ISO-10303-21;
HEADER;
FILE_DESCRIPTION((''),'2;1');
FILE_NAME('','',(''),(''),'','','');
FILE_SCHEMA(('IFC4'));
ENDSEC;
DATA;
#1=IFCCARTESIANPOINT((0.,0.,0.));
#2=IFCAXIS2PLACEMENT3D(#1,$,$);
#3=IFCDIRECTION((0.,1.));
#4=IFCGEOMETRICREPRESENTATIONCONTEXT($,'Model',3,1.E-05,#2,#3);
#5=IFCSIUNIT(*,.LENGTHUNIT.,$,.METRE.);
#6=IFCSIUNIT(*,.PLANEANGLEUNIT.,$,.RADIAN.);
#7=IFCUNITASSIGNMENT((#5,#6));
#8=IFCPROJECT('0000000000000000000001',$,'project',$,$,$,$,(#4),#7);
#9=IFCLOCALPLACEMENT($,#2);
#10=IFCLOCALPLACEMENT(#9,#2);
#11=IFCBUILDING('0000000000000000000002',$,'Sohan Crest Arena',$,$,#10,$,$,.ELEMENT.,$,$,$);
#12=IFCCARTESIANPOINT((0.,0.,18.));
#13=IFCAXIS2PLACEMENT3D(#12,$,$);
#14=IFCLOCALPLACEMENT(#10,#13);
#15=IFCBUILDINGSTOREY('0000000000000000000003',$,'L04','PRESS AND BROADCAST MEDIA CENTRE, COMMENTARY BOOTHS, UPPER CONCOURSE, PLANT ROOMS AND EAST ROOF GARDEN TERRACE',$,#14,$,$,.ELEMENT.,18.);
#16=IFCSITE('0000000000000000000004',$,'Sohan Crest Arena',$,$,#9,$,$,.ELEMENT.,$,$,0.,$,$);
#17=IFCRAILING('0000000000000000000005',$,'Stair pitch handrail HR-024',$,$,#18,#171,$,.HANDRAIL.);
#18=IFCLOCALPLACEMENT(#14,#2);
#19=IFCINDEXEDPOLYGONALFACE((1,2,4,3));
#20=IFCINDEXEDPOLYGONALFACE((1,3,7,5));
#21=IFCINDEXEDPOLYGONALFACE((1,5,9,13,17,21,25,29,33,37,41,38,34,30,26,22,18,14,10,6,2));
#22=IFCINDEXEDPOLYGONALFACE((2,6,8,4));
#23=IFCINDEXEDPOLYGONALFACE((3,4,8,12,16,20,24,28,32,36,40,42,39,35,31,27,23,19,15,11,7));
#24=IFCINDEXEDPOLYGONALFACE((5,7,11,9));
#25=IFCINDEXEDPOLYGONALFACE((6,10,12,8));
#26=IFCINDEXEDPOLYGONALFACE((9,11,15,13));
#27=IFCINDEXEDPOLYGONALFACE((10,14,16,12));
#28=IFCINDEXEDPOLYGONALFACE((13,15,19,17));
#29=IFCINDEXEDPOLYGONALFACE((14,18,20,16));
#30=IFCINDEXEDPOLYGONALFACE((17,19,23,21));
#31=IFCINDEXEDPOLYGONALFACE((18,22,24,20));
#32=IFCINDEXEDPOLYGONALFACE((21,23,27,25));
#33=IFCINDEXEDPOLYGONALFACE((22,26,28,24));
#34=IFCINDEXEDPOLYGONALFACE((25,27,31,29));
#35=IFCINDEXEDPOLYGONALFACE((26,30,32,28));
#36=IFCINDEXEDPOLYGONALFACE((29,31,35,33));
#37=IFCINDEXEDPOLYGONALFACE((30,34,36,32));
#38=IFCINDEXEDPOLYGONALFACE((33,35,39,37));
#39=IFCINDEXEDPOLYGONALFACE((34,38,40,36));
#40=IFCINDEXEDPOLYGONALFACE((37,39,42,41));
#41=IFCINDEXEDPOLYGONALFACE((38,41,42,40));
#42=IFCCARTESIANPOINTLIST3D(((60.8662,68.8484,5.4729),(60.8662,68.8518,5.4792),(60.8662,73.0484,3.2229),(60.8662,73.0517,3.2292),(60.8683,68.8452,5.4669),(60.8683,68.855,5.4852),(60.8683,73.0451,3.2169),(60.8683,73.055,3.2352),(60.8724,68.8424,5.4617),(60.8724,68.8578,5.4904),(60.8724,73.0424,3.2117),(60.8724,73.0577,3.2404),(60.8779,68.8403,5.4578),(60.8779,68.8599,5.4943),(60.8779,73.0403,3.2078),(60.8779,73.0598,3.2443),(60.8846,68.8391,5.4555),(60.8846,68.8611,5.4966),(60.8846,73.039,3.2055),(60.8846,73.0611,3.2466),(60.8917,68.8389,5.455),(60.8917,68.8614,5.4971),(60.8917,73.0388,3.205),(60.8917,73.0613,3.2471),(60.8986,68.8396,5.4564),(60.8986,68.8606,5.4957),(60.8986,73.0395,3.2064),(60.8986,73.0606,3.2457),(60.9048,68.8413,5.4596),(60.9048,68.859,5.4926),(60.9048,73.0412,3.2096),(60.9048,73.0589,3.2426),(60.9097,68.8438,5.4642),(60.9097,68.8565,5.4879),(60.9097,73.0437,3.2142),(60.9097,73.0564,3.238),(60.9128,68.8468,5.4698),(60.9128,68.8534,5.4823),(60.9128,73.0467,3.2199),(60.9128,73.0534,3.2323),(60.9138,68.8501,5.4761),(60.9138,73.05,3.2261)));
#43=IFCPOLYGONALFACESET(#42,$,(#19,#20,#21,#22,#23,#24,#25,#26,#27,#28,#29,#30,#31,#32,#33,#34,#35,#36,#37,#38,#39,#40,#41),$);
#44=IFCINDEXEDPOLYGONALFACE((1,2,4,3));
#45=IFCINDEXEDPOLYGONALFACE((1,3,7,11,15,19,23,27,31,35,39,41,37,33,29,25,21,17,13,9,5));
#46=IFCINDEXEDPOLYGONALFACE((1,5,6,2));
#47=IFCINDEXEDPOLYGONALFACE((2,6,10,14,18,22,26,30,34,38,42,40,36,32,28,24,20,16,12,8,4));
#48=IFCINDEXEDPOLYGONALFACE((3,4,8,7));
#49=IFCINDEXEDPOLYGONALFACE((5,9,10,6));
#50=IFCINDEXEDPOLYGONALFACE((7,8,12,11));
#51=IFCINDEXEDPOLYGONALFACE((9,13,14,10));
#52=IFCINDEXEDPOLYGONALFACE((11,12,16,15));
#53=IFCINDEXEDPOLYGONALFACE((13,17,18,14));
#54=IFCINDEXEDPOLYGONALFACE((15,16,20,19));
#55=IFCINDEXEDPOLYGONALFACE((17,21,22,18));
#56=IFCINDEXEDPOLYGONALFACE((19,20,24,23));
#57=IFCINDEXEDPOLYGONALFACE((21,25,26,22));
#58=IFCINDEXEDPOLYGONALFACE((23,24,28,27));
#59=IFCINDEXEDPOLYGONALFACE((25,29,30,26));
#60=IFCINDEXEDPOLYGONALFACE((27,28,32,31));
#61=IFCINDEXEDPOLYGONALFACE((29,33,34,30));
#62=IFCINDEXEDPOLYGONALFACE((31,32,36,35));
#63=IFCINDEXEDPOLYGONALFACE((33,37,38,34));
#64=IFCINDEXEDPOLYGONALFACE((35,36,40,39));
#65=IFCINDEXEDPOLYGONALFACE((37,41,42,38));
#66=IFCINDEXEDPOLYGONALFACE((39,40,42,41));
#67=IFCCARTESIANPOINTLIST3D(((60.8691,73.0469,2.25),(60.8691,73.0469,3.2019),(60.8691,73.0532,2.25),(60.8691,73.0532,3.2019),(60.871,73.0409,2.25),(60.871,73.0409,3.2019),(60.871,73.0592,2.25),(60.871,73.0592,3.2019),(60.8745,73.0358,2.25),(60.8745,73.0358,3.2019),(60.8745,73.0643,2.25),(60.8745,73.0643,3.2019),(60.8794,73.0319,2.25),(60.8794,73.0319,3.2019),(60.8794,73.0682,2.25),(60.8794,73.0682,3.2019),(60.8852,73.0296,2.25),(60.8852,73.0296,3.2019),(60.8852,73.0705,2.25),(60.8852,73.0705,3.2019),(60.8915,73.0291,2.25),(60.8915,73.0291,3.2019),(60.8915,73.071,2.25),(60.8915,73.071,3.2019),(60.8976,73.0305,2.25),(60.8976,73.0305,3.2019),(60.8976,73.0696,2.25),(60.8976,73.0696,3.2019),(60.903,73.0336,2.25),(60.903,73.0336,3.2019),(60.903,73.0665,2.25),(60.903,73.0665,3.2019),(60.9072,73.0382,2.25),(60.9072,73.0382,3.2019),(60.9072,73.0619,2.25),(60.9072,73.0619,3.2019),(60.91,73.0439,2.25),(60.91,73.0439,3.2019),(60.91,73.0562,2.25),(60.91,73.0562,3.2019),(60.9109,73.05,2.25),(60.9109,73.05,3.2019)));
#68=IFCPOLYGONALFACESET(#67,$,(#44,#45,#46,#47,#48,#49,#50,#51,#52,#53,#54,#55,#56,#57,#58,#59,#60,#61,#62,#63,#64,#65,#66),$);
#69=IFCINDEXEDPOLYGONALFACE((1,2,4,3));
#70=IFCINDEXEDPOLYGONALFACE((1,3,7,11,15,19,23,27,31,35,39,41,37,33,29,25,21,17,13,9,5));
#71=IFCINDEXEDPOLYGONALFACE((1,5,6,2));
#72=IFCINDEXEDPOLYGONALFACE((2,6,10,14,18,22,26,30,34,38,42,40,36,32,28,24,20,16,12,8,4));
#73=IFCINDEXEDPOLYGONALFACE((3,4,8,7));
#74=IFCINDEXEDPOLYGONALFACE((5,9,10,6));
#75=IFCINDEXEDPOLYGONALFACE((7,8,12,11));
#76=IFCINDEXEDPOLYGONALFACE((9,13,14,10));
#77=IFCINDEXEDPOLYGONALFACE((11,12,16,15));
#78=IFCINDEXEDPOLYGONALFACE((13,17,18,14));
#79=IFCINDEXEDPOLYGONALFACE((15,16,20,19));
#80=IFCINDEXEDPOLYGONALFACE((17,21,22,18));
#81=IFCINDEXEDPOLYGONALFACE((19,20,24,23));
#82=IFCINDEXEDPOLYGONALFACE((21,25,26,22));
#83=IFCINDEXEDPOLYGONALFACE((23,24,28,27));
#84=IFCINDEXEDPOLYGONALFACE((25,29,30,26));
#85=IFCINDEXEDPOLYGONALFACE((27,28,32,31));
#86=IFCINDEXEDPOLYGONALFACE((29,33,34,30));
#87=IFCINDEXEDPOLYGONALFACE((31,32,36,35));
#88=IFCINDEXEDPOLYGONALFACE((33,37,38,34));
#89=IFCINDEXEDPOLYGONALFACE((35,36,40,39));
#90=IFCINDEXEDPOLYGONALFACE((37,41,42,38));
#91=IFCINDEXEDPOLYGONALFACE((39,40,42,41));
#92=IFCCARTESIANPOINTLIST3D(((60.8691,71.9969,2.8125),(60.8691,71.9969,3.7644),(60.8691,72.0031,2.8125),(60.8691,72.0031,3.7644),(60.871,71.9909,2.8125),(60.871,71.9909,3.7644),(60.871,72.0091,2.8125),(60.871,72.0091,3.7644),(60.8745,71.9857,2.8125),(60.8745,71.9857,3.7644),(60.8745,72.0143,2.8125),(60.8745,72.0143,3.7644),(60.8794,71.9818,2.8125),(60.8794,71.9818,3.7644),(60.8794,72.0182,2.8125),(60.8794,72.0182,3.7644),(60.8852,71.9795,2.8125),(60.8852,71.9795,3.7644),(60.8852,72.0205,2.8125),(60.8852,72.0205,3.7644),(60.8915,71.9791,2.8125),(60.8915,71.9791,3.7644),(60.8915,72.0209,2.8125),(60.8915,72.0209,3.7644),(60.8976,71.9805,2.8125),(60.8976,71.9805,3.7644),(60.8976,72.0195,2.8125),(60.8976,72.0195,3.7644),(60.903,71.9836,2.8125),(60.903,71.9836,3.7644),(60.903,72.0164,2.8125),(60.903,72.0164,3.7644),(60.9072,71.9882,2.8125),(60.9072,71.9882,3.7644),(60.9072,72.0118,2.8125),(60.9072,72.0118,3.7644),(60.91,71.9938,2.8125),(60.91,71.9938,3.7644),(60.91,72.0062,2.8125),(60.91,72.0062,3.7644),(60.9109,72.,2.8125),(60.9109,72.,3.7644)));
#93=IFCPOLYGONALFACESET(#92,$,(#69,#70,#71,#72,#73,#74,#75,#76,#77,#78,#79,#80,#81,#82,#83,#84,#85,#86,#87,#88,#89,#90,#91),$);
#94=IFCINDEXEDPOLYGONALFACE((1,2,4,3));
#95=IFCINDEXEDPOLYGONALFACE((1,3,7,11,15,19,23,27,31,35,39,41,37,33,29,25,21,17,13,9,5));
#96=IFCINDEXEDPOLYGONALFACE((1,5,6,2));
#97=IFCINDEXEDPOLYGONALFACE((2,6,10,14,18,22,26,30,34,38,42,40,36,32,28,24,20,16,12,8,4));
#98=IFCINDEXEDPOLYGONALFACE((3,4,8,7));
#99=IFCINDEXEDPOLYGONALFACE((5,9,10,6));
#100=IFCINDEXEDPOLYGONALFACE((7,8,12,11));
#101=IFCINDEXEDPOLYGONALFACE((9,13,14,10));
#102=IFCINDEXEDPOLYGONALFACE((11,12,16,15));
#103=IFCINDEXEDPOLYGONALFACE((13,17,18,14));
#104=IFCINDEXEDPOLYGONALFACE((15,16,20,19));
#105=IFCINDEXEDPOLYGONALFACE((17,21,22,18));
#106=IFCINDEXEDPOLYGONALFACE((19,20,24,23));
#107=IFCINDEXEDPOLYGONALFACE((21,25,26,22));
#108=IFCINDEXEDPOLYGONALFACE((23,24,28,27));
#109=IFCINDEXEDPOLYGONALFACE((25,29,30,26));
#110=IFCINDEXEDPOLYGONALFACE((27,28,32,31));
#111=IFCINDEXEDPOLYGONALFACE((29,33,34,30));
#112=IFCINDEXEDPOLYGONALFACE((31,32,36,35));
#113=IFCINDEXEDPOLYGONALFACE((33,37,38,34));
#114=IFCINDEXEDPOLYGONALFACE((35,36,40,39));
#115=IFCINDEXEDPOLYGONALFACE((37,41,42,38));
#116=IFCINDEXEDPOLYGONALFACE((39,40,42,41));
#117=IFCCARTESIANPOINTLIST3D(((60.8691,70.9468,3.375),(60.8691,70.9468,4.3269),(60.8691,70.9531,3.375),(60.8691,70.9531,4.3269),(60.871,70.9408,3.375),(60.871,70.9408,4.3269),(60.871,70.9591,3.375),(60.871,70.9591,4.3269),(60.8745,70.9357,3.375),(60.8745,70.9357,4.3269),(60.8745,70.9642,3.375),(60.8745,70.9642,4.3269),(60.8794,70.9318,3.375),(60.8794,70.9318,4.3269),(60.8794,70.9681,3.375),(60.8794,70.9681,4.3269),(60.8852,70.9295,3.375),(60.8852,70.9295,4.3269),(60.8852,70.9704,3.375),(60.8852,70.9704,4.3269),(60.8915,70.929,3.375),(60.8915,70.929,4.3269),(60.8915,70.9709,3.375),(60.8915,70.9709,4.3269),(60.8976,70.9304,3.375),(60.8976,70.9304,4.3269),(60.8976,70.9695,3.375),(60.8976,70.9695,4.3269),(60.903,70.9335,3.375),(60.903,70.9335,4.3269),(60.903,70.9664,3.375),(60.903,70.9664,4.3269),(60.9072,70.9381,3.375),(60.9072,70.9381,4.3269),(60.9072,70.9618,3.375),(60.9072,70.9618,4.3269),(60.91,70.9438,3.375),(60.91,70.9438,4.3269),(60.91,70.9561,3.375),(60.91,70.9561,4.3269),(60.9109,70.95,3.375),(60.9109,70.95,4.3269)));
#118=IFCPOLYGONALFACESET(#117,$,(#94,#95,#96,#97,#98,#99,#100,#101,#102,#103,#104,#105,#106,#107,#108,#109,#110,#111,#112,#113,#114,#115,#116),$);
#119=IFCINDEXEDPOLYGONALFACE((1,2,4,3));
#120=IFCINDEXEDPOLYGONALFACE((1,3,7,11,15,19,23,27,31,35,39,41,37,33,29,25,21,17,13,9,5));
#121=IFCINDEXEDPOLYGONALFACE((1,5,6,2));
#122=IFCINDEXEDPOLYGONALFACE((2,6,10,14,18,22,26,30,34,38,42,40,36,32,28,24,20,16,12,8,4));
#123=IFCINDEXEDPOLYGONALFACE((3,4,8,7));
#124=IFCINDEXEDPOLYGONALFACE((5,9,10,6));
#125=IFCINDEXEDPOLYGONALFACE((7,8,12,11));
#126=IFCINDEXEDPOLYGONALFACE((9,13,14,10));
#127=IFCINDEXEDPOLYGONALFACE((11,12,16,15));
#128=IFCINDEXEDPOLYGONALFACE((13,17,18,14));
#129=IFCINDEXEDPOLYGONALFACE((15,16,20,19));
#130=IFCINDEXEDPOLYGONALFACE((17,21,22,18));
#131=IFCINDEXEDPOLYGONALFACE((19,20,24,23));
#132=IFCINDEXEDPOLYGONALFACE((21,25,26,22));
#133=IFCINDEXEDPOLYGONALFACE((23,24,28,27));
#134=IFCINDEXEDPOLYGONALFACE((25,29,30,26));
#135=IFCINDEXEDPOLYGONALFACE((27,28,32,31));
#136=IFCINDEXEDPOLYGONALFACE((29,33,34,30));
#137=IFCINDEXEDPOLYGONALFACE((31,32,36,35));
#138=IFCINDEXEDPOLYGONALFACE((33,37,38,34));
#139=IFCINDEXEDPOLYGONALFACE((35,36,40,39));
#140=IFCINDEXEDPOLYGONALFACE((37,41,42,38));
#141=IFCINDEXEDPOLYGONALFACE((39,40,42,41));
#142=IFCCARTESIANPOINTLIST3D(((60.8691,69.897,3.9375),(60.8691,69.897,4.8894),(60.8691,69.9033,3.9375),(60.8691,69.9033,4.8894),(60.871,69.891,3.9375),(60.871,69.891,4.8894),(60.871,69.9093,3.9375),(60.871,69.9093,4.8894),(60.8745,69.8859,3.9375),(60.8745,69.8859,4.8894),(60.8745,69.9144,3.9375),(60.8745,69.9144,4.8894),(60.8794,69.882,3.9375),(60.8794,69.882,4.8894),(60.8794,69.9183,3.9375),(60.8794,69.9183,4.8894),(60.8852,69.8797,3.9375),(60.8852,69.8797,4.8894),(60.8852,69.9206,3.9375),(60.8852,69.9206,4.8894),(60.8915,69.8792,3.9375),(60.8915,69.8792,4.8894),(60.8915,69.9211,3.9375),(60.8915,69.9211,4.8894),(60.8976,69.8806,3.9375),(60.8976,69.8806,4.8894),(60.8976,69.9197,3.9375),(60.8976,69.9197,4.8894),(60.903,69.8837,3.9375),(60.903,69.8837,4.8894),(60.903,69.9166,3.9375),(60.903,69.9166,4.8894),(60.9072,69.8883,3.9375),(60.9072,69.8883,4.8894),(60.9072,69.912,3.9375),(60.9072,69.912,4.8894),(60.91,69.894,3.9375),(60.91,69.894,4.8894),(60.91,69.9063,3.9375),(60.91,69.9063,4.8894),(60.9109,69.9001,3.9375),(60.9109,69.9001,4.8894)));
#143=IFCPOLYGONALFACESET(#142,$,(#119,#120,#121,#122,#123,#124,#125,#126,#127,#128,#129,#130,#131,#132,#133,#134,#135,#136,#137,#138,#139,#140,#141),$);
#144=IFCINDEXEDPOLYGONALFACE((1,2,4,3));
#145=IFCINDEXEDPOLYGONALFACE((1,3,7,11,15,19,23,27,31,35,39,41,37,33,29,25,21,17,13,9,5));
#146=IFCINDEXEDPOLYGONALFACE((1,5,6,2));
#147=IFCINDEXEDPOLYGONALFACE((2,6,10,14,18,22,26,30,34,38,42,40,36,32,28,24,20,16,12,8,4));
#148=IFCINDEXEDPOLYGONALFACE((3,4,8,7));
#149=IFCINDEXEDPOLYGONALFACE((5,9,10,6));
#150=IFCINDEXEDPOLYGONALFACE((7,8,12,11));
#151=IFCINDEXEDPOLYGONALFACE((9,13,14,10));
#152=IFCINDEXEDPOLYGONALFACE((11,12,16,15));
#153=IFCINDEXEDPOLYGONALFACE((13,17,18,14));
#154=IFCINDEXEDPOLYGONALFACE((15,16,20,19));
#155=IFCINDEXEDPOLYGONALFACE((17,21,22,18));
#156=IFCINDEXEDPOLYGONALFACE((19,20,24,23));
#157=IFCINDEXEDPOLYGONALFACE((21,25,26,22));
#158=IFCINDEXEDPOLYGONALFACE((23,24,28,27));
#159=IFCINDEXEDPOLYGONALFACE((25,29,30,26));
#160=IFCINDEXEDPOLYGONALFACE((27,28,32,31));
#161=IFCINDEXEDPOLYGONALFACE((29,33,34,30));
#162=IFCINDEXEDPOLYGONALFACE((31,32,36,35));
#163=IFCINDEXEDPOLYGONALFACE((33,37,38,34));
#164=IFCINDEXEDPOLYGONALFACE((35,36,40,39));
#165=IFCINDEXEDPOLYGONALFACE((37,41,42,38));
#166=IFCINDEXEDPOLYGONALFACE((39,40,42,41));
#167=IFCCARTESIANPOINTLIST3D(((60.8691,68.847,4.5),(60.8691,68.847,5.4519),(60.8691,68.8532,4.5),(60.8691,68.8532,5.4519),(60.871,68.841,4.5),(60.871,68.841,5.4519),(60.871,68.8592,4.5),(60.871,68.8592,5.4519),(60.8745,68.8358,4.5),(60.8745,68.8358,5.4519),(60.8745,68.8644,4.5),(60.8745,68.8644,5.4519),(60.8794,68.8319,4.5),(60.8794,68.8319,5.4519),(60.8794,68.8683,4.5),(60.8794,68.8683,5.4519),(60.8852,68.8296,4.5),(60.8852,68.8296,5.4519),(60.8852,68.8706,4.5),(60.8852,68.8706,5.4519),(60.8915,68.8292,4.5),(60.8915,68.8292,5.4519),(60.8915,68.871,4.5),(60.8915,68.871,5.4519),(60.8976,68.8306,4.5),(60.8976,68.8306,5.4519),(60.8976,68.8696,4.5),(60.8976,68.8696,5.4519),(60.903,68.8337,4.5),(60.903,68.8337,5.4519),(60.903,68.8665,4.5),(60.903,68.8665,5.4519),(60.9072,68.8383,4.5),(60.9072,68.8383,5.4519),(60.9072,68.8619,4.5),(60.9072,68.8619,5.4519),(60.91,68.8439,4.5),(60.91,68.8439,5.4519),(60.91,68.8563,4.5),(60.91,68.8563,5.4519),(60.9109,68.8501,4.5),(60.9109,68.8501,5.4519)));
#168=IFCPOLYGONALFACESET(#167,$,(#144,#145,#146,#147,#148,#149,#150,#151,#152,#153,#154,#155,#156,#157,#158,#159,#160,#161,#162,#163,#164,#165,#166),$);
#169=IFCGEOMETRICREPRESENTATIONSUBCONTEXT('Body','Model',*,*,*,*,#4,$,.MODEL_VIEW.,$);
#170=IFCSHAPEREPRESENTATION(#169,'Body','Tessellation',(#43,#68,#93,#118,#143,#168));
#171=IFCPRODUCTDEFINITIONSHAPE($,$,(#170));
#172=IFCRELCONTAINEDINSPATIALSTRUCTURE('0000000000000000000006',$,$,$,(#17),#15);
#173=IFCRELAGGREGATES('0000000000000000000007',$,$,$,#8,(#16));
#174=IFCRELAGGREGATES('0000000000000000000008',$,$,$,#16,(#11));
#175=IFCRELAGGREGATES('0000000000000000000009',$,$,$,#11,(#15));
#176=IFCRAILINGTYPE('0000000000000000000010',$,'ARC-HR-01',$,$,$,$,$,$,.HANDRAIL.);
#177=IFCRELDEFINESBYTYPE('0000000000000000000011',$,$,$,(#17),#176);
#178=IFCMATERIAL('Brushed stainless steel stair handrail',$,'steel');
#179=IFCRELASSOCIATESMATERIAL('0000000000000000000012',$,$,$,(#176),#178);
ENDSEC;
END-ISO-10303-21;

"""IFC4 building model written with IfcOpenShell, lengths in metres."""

from ifc_helpers import new_model, si_unit, direction, frame, origin, origin_2d, place, context, subcontext, project, spatial, circle, extrude, material, type_object, element, save


model = new_model("IFC4")

# Units and contexts
model_context = context("Model", 3, precision=1e-05, world=origin(), true_north=direction((0.0, 1.0)))
body_context = subcontext(model_context, "Body", "Model", "MODEL_VIEW")
ifc_project = project(units=[si_unit("LENGTHUNIT", "METRE"), si_unit("PLANEANGLEUNIT", "RADIAN")], contexts=[model_context])

# Site, building, storey
site_placement = place(None, origin())
site = spatial("IfcSite", under=ifc_project, at=site_placement, Name="Sohan Crest Arena", CompositionType="ELEMENT", RefElevation=0.0)
building_placement = place(site_placement, origin())
building = spatial("IfcBuilding", under=site, at=building_placement, Name="Sohan Crest Arena", CompositionType="ELEMENT")
storey_placement = place(building_placement, frame((0.0, 0.0, 18.0)))
storey = spatial("IfcBuildingStorey", under=building, at=storey_placement, Name="L04", Description="PRESS AND BROADCAST MEDIA CENTRE, COMMENTARY BOOTHS, UPPER CONCOURSE, PLANT ROOMS AND EAST ROOF GARDEN TERRACE", CompositionType="ELEMENT", Elevation=18.0)

# Railing
ifc_material_1 = material(Name="Brushed stainless steel stair handrail", Category="steel")
railing_type_1 = type_object("IfcRailingType", Name="ARC-HR-01", PredefinedType="HANDRAIL", material=ifc_material_1)
for number, where, name in (
    (1, (60.8899, 73.05, 2.25), "Stair pitch handrail HR-024"),
):
    element("IfcRailing", number, at=place(storey_placement, frame(where)), inside=storey, type_object=railing_type_1, Name=name, PredefinedType="HANDRAIL", context=body_context, shape_type="SweptSolid", body=[
        extrude(circle(Radius=0.0239, at=origin_2d()), frame((0.0, 0.0, 0.9761), z_axis=(0.0, -0.881478, 0.472226), x_axis=(1.0, 0.0, 0.0)), (0.0, 0.0, 1.0), 4.7646),
        extrude(circle(Radius=0.021, at=origin_2d()), origin(), (0.0, 0.0, 1.0), 0.9519),
        extrude(circle(Radius=0.021, at=origin_2d()), frame((0.0, -1.05, 0.5625)), (0.0, 0.0, 1.0), 0.9519),
        extrude(circle(Radius=0.021, at=origin_2d()), frame((0.0, -2.1001, 1.125)), (0.0, 0.0, 1.0), 0.9519),
        extrude(circle(Radius=0.021, at=origin_2d()), frame((0.0, -3.1499, 1.6875)), (0.0, 0.0, 1.0), 0.9519),
        extrude(circle(Radius=0.021, at=origin_2d()), frame((0.0, -4.2, 2.25)), (0.0, 0.0, 1.0), 0.9519),
    ])

save(model, "model.ifc")
